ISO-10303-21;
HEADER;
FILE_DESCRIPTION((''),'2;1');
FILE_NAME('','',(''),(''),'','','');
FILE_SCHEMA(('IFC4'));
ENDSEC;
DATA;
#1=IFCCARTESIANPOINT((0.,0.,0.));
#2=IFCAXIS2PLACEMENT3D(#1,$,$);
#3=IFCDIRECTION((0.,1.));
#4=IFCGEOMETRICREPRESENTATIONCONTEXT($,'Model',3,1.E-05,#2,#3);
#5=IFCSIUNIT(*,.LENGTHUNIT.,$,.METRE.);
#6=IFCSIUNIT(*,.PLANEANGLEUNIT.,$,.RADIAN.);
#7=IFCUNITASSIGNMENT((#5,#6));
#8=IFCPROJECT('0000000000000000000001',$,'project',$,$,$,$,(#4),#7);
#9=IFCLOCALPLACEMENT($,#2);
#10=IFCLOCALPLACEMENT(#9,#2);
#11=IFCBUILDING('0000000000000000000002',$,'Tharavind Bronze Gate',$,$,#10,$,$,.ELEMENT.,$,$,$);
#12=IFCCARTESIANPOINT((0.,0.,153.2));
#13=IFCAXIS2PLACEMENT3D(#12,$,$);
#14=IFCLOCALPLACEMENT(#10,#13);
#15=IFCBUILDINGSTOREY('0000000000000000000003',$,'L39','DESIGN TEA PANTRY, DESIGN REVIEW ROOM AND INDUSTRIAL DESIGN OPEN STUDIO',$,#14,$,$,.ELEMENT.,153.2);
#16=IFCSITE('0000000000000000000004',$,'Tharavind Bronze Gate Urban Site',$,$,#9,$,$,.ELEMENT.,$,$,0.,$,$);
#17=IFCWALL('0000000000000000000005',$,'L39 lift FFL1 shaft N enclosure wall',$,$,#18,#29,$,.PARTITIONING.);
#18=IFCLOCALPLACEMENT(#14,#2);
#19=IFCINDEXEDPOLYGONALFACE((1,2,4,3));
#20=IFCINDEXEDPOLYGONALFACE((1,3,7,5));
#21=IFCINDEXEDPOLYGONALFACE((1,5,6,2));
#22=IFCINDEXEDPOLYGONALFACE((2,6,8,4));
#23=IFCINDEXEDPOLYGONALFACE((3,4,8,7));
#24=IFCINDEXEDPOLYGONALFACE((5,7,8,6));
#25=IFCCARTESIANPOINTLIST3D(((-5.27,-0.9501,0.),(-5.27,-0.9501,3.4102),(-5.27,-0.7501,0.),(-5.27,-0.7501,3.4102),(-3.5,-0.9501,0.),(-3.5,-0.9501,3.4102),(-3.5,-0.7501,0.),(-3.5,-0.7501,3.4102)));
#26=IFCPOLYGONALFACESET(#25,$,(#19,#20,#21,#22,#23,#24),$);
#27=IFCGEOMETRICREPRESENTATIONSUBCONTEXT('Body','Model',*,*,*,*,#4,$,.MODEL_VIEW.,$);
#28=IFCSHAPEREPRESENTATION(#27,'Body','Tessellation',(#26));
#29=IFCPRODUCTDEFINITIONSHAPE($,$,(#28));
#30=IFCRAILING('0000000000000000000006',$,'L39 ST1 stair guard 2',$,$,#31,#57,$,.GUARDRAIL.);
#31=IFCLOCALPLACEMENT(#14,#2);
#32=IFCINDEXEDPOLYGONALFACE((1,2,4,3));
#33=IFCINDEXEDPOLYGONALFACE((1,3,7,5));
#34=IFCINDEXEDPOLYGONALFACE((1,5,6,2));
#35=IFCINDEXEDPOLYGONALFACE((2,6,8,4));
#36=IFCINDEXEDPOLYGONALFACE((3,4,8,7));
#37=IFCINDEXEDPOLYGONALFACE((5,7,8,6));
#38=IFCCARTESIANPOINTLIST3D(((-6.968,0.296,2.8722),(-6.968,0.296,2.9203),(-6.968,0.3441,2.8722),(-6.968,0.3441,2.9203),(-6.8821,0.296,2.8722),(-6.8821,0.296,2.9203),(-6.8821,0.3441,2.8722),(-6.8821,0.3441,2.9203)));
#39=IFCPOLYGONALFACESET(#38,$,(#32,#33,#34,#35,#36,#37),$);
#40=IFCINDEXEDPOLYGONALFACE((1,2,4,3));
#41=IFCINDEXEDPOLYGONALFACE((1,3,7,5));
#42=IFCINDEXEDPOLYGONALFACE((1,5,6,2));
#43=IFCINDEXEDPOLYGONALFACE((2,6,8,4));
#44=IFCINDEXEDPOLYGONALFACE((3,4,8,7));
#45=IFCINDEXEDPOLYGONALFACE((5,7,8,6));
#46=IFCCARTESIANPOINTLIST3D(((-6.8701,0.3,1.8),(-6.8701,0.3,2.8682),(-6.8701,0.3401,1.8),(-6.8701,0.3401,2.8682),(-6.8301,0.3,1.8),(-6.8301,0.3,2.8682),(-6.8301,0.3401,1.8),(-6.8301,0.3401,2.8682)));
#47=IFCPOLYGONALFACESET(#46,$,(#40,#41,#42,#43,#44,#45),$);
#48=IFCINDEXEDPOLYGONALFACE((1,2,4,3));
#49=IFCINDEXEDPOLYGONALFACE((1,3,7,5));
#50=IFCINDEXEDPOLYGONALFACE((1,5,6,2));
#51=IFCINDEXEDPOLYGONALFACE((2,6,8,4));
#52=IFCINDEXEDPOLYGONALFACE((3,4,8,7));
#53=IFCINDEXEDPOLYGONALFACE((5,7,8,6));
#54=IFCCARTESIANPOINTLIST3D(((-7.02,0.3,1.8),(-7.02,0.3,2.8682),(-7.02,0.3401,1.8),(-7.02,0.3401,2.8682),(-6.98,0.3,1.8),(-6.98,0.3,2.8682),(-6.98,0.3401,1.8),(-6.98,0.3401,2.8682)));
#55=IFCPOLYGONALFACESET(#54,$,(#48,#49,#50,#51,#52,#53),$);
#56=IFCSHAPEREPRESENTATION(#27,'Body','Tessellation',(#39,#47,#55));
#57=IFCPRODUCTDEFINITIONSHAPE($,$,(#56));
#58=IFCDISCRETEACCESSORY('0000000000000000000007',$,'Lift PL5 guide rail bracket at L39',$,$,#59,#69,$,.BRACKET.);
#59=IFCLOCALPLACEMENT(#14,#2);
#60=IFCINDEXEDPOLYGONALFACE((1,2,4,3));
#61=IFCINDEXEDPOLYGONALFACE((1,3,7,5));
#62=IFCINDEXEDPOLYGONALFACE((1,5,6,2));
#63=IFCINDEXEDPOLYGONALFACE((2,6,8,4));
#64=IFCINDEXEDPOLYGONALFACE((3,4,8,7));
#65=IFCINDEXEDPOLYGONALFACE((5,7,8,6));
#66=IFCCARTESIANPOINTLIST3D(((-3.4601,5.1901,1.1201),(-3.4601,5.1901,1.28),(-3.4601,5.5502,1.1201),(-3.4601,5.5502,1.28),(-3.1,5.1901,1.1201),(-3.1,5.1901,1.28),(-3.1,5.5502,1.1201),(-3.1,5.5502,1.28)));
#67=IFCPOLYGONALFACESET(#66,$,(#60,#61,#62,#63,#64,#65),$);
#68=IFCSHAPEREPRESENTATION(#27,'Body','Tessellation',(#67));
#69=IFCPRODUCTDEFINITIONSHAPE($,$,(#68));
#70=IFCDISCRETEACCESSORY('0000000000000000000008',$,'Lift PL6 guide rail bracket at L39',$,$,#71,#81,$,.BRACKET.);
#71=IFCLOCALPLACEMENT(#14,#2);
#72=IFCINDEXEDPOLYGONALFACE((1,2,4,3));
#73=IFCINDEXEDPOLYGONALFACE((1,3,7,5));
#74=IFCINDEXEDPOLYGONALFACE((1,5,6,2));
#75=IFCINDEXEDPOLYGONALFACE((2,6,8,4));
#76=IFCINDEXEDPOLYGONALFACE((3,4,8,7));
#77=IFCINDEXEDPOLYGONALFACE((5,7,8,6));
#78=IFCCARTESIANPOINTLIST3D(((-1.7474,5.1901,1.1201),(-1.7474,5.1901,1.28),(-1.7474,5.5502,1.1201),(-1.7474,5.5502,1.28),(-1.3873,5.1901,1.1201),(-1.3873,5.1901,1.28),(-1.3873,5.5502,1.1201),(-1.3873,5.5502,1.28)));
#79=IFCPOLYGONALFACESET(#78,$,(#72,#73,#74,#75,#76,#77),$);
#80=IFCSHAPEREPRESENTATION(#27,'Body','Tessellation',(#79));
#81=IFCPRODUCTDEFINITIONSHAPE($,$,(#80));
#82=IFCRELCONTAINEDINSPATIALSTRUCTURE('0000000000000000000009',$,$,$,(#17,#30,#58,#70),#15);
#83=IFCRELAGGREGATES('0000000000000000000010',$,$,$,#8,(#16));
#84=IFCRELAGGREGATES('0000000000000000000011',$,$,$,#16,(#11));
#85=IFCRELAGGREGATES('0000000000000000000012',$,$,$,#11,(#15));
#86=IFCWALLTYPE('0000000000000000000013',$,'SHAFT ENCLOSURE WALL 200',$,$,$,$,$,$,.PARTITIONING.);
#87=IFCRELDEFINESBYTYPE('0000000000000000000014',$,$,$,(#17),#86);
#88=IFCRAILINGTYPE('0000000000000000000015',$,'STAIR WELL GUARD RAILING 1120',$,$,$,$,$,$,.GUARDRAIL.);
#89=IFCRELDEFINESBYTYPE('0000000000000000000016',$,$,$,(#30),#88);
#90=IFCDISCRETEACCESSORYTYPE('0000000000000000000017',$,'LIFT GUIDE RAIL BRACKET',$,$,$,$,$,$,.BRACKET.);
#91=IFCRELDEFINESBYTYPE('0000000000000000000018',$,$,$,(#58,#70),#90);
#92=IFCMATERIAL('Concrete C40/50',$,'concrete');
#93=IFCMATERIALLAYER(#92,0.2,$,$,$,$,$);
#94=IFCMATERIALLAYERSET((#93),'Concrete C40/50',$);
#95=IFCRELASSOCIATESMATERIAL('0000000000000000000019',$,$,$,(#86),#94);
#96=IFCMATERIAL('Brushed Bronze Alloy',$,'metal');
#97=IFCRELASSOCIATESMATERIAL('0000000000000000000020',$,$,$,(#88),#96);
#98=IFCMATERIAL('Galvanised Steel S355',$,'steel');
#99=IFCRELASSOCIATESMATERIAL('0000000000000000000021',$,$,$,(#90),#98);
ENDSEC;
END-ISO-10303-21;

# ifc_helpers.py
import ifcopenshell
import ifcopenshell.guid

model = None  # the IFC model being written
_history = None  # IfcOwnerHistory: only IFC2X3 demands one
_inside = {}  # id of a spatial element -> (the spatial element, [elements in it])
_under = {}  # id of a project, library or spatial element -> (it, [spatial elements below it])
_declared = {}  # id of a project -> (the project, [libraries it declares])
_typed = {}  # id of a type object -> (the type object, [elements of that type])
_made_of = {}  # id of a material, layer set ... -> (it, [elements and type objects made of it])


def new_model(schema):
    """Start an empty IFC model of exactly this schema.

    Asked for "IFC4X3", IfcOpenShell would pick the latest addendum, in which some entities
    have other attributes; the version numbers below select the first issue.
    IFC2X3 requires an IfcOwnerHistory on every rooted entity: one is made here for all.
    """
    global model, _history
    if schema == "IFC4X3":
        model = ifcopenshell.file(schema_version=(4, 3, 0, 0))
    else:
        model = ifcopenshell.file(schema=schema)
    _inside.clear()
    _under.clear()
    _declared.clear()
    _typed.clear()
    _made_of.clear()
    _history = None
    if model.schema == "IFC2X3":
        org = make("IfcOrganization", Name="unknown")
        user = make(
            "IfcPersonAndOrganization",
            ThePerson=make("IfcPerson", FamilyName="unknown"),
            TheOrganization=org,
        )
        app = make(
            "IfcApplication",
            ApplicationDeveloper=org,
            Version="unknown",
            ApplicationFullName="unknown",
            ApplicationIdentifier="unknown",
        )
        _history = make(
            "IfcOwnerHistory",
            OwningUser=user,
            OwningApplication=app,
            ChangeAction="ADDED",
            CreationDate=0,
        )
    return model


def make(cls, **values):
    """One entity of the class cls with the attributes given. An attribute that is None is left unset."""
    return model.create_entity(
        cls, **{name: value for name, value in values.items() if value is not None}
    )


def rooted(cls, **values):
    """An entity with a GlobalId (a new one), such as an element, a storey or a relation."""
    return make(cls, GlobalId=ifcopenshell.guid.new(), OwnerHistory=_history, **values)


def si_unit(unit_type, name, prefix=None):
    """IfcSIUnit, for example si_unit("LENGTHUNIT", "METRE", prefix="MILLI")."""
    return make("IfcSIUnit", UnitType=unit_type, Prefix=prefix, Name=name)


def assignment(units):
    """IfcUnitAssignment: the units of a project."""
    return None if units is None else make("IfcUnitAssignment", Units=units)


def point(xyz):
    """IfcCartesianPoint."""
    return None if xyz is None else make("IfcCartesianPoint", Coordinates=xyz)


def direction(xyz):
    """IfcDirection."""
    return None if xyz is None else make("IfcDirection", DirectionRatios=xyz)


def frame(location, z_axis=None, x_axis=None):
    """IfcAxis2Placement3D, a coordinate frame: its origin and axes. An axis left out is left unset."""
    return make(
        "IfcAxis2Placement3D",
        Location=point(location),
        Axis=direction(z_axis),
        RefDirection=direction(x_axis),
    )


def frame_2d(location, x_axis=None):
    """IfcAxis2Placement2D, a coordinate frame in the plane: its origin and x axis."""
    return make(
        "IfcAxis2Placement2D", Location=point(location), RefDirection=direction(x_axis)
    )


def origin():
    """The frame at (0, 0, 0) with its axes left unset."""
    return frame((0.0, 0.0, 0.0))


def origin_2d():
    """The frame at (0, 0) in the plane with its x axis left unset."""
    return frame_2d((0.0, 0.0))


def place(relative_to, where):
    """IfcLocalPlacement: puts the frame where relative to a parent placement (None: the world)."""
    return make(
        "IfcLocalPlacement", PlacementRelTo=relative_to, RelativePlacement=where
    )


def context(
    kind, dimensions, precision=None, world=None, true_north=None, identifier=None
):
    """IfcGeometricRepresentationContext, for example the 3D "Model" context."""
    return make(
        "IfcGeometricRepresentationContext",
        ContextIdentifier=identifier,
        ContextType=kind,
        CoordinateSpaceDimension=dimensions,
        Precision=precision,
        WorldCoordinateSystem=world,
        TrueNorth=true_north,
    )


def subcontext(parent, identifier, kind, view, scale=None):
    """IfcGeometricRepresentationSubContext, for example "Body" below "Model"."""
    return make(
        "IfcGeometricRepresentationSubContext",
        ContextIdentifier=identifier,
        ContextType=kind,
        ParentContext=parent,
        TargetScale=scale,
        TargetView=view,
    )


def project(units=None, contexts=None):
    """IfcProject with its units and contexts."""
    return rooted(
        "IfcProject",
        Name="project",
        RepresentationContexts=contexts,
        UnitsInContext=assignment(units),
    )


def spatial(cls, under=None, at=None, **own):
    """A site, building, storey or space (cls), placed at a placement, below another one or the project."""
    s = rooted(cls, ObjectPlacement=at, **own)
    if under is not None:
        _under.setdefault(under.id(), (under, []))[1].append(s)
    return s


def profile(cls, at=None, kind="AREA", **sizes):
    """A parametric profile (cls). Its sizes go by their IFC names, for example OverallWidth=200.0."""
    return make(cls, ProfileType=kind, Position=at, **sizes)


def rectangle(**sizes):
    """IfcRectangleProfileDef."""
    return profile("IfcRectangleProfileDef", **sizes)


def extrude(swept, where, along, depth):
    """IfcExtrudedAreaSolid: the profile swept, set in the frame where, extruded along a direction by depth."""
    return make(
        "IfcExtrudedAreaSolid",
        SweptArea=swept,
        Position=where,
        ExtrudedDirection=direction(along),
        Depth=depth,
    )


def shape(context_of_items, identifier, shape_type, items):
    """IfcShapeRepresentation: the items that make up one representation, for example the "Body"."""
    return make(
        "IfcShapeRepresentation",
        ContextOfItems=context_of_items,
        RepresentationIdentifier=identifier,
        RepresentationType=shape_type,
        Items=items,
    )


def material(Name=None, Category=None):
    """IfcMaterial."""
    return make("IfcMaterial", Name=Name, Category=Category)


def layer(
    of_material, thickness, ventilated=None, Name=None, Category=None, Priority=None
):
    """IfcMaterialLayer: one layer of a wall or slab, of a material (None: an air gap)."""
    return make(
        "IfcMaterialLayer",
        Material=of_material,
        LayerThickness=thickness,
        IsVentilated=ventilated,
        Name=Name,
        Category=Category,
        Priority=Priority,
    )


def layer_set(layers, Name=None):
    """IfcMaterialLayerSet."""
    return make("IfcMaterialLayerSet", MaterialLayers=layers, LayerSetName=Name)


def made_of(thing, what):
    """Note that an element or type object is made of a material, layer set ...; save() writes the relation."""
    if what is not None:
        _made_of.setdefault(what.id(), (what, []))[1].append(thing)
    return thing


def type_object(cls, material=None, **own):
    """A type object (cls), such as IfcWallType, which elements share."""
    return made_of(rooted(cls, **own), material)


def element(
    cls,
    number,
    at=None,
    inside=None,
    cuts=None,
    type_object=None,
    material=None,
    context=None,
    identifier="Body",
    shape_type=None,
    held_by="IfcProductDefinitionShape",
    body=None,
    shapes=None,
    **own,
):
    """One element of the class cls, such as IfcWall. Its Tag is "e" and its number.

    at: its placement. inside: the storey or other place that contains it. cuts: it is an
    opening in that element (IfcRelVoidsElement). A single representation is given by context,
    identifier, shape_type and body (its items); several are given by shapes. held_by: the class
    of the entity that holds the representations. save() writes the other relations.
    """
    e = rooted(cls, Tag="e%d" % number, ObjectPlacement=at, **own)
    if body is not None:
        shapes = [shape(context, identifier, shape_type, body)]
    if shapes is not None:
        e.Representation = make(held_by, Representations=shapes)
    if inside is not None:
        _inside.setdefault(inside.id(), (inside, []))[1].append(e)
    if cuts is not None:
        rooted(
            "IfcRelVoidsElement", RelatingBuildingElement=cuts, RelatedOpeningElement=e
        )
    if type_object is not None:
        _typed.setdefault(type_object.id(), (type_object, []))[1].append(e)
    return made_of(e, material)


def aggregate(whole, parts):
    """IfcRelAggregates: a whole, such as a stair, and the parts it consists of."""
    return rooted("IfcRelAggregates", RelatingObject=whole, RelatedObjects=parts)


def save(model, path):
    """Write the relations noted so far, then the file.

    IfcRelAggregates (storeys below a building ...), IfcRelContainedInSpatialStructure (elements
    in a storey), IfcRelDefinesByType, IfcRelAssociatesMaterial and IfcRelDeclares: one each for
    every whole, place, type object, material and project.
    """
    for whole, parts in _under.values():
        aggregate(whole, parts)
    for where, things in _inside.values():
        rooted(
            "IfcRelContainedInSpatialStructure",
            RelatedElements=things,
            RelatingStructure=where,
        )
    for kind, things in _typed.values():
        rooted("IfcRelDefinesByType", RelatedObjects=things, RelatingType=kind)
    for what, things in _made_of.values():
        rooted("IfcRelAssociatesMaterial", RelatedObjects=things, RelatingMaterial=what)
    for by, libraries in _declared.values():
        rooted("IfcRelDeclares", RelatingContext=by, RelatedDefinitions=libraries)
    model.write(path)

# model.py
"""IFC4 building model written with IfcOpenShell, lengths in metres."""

from ifc_helpers import new_model, si_unit, direction, frame, frame_2d, origin, origin_2d, place, context, subcontext, project, spatial, rectangle, extrude, material, layer, layer_set, type_object, element, save


model = new_model("IFC4")

# Units and contexts
model_context = context("Model", 3, precision=1e-05, world=origin(), true_north=direction((0.0, 1.0)))
body_context = subcontext(model_context, "Body", "Model", "MODEL_VIEW")
ifc_project = project(units=[si_unit("LENGTHUNIT", "METRE"), si_unit("PLANEANGLEUNIT", "RADIAN")], contexts=[model_context])

# Site, building, storey
site_placement = place(None, origin())
site = spatial("IfcSite", under=ifc_project, at=site_placement, Name="Tharavind Bronze Gate Urban Site", CompositionType="ELEMENT", RefElevation=0.0)
building_placement = place(site_placement, origin())
building = spatial("IfcBuilding", under=site, at=building_placement, Name="Tharavind Bronze Gate", CompositionType="ELEMENT")
storey_placement = place(building_placement, frame((0.0, 0.0, 153.2)))
storey = spatial("IfcBuildingStorey", under=building, at=storey_placement, Name="L39", Description="DESIGN TEA PANTRY, DESIGN REVIEW ROOM AND INDUSTRIAL DESIGN OPEN STUDIO", CompositionType="ELEMENT", Elevation=153.2)

# Shared definitions
ifc_material_1 = material(Name="Concrete C40/50", Category="concrete")

# Wall
ifc_layer_1 = layer(ifc_material_1, 0.2)
ifc_layer_set_1 = layer_set([ifc_layer_1], Name="Concrete C40/50")
wall_type_1 = type_object("IfcWallType", Name="SHAFT ENCLOSURE WALL 200", PredefinedType="PARTITIONING", material=ifc_layer_set_1)
wall_1_placement = place(storey_placement, frame((-5.27, -0.8501, 0.0), z_axis=(0.0, 0.0, 1.0), x_axis=(1.0, 0.0, 0.0)))
element("IfcWall", 1, at=wall_1_placement, inside=storey, type_object=wall_type_1, Name="L39 lift FFL1 shaft N enclosure wall", PredefinedType="PARTITIONING", context=body_context, shape_type="SweptSolid", body=[
    extrude(rectangle(XDim=1.77, YDim=0.2, at=frame_2d((0.885, 0.0))), origin(), (0.0, 0.0, 1.0), 3.4102),
])

# Railing
ifc_material_2 = material(Name="Brushed Bronze Alloy", Category="metal")
railing_type = type_object("IfcRailingType", Name="STAIR WELL GUARD RAILING 1120", PredefinedType="GUARDRAIL", material=ifc_material_2)
railing_placement = place(storey_placement, frame((-6.8501, 0.3201, 1.8)))
element("IfcRailing", 2, at=railing_placement, inside=storey, type_object=railing_type, Name="L39 ST1 stair guard 2", PredefinedType="GUARDRAIL", context=body_context, shape_type="SweptSolid", body=[
    extrude(rectangle(XDim=0.0481, YDim=0.0481, at=origin_2d()), frame((-0.032, 0.0, 1.0962), z_axis=(-1.0, 0.0, 0.0), x_axis=(0.0, -1.0, 0.0)), (0.0, 0.0, 1.0), 0.0859),
    extrude(rectangle(XDim=0.04, YDim=0.04, at=origin_2d()), origin(), (0.0, 0.0, 1.0), 1.0681),
    extrude(rectangle(XDim=0.04, YDim=0.04, at=origin_2d()), frame((-0.1499, 0.0, 0.0)), (0.0, 0.0, 1.0), 1.0681),
])

# Discrete accessories
ifc_material_3 = material(Name="Galvanised Steel S355", Category="steel")
discrete_accessory_type = type_object("IfcDiscreteAccessoryType", Name="LIFT GUIDE RAIL BRACKET", PredefinedType="BRACKET", material=ifc_material_3)
for number, where, z_axis, x_axis, name in (
    (3, (-3.28, 5.3701, 1.1201), (0.0, 0.0, 1.0), (1.0, 0.0, 0.0), "Lift PL5 guide rail bracket at L39"),
    (4, (-1.5674, 5.3701, 1.1201), (0.0, 0.0, 1.0), (1.0, 0.0, 0.0), "Lift PL6 guide rail bracket at L39"),
):
    element("IfcDiscreteAccessory", number, at=place(storey_placement, frame(where, z_axis=z_axis, x_axis=x_axis)), inside=storey, type_object=discrete_accessory_type, Name=name, PredefinedType="BRACKET", context=body_context, shape_type="SweptSolid", body=[
        extrude(rectangle(XDim=0.3601, YDim=0.3601, at=origin_2d()), origin(), (0.0, 0.0, 1.0), 0.1599),
    ])

save(model, "model.ifc")
